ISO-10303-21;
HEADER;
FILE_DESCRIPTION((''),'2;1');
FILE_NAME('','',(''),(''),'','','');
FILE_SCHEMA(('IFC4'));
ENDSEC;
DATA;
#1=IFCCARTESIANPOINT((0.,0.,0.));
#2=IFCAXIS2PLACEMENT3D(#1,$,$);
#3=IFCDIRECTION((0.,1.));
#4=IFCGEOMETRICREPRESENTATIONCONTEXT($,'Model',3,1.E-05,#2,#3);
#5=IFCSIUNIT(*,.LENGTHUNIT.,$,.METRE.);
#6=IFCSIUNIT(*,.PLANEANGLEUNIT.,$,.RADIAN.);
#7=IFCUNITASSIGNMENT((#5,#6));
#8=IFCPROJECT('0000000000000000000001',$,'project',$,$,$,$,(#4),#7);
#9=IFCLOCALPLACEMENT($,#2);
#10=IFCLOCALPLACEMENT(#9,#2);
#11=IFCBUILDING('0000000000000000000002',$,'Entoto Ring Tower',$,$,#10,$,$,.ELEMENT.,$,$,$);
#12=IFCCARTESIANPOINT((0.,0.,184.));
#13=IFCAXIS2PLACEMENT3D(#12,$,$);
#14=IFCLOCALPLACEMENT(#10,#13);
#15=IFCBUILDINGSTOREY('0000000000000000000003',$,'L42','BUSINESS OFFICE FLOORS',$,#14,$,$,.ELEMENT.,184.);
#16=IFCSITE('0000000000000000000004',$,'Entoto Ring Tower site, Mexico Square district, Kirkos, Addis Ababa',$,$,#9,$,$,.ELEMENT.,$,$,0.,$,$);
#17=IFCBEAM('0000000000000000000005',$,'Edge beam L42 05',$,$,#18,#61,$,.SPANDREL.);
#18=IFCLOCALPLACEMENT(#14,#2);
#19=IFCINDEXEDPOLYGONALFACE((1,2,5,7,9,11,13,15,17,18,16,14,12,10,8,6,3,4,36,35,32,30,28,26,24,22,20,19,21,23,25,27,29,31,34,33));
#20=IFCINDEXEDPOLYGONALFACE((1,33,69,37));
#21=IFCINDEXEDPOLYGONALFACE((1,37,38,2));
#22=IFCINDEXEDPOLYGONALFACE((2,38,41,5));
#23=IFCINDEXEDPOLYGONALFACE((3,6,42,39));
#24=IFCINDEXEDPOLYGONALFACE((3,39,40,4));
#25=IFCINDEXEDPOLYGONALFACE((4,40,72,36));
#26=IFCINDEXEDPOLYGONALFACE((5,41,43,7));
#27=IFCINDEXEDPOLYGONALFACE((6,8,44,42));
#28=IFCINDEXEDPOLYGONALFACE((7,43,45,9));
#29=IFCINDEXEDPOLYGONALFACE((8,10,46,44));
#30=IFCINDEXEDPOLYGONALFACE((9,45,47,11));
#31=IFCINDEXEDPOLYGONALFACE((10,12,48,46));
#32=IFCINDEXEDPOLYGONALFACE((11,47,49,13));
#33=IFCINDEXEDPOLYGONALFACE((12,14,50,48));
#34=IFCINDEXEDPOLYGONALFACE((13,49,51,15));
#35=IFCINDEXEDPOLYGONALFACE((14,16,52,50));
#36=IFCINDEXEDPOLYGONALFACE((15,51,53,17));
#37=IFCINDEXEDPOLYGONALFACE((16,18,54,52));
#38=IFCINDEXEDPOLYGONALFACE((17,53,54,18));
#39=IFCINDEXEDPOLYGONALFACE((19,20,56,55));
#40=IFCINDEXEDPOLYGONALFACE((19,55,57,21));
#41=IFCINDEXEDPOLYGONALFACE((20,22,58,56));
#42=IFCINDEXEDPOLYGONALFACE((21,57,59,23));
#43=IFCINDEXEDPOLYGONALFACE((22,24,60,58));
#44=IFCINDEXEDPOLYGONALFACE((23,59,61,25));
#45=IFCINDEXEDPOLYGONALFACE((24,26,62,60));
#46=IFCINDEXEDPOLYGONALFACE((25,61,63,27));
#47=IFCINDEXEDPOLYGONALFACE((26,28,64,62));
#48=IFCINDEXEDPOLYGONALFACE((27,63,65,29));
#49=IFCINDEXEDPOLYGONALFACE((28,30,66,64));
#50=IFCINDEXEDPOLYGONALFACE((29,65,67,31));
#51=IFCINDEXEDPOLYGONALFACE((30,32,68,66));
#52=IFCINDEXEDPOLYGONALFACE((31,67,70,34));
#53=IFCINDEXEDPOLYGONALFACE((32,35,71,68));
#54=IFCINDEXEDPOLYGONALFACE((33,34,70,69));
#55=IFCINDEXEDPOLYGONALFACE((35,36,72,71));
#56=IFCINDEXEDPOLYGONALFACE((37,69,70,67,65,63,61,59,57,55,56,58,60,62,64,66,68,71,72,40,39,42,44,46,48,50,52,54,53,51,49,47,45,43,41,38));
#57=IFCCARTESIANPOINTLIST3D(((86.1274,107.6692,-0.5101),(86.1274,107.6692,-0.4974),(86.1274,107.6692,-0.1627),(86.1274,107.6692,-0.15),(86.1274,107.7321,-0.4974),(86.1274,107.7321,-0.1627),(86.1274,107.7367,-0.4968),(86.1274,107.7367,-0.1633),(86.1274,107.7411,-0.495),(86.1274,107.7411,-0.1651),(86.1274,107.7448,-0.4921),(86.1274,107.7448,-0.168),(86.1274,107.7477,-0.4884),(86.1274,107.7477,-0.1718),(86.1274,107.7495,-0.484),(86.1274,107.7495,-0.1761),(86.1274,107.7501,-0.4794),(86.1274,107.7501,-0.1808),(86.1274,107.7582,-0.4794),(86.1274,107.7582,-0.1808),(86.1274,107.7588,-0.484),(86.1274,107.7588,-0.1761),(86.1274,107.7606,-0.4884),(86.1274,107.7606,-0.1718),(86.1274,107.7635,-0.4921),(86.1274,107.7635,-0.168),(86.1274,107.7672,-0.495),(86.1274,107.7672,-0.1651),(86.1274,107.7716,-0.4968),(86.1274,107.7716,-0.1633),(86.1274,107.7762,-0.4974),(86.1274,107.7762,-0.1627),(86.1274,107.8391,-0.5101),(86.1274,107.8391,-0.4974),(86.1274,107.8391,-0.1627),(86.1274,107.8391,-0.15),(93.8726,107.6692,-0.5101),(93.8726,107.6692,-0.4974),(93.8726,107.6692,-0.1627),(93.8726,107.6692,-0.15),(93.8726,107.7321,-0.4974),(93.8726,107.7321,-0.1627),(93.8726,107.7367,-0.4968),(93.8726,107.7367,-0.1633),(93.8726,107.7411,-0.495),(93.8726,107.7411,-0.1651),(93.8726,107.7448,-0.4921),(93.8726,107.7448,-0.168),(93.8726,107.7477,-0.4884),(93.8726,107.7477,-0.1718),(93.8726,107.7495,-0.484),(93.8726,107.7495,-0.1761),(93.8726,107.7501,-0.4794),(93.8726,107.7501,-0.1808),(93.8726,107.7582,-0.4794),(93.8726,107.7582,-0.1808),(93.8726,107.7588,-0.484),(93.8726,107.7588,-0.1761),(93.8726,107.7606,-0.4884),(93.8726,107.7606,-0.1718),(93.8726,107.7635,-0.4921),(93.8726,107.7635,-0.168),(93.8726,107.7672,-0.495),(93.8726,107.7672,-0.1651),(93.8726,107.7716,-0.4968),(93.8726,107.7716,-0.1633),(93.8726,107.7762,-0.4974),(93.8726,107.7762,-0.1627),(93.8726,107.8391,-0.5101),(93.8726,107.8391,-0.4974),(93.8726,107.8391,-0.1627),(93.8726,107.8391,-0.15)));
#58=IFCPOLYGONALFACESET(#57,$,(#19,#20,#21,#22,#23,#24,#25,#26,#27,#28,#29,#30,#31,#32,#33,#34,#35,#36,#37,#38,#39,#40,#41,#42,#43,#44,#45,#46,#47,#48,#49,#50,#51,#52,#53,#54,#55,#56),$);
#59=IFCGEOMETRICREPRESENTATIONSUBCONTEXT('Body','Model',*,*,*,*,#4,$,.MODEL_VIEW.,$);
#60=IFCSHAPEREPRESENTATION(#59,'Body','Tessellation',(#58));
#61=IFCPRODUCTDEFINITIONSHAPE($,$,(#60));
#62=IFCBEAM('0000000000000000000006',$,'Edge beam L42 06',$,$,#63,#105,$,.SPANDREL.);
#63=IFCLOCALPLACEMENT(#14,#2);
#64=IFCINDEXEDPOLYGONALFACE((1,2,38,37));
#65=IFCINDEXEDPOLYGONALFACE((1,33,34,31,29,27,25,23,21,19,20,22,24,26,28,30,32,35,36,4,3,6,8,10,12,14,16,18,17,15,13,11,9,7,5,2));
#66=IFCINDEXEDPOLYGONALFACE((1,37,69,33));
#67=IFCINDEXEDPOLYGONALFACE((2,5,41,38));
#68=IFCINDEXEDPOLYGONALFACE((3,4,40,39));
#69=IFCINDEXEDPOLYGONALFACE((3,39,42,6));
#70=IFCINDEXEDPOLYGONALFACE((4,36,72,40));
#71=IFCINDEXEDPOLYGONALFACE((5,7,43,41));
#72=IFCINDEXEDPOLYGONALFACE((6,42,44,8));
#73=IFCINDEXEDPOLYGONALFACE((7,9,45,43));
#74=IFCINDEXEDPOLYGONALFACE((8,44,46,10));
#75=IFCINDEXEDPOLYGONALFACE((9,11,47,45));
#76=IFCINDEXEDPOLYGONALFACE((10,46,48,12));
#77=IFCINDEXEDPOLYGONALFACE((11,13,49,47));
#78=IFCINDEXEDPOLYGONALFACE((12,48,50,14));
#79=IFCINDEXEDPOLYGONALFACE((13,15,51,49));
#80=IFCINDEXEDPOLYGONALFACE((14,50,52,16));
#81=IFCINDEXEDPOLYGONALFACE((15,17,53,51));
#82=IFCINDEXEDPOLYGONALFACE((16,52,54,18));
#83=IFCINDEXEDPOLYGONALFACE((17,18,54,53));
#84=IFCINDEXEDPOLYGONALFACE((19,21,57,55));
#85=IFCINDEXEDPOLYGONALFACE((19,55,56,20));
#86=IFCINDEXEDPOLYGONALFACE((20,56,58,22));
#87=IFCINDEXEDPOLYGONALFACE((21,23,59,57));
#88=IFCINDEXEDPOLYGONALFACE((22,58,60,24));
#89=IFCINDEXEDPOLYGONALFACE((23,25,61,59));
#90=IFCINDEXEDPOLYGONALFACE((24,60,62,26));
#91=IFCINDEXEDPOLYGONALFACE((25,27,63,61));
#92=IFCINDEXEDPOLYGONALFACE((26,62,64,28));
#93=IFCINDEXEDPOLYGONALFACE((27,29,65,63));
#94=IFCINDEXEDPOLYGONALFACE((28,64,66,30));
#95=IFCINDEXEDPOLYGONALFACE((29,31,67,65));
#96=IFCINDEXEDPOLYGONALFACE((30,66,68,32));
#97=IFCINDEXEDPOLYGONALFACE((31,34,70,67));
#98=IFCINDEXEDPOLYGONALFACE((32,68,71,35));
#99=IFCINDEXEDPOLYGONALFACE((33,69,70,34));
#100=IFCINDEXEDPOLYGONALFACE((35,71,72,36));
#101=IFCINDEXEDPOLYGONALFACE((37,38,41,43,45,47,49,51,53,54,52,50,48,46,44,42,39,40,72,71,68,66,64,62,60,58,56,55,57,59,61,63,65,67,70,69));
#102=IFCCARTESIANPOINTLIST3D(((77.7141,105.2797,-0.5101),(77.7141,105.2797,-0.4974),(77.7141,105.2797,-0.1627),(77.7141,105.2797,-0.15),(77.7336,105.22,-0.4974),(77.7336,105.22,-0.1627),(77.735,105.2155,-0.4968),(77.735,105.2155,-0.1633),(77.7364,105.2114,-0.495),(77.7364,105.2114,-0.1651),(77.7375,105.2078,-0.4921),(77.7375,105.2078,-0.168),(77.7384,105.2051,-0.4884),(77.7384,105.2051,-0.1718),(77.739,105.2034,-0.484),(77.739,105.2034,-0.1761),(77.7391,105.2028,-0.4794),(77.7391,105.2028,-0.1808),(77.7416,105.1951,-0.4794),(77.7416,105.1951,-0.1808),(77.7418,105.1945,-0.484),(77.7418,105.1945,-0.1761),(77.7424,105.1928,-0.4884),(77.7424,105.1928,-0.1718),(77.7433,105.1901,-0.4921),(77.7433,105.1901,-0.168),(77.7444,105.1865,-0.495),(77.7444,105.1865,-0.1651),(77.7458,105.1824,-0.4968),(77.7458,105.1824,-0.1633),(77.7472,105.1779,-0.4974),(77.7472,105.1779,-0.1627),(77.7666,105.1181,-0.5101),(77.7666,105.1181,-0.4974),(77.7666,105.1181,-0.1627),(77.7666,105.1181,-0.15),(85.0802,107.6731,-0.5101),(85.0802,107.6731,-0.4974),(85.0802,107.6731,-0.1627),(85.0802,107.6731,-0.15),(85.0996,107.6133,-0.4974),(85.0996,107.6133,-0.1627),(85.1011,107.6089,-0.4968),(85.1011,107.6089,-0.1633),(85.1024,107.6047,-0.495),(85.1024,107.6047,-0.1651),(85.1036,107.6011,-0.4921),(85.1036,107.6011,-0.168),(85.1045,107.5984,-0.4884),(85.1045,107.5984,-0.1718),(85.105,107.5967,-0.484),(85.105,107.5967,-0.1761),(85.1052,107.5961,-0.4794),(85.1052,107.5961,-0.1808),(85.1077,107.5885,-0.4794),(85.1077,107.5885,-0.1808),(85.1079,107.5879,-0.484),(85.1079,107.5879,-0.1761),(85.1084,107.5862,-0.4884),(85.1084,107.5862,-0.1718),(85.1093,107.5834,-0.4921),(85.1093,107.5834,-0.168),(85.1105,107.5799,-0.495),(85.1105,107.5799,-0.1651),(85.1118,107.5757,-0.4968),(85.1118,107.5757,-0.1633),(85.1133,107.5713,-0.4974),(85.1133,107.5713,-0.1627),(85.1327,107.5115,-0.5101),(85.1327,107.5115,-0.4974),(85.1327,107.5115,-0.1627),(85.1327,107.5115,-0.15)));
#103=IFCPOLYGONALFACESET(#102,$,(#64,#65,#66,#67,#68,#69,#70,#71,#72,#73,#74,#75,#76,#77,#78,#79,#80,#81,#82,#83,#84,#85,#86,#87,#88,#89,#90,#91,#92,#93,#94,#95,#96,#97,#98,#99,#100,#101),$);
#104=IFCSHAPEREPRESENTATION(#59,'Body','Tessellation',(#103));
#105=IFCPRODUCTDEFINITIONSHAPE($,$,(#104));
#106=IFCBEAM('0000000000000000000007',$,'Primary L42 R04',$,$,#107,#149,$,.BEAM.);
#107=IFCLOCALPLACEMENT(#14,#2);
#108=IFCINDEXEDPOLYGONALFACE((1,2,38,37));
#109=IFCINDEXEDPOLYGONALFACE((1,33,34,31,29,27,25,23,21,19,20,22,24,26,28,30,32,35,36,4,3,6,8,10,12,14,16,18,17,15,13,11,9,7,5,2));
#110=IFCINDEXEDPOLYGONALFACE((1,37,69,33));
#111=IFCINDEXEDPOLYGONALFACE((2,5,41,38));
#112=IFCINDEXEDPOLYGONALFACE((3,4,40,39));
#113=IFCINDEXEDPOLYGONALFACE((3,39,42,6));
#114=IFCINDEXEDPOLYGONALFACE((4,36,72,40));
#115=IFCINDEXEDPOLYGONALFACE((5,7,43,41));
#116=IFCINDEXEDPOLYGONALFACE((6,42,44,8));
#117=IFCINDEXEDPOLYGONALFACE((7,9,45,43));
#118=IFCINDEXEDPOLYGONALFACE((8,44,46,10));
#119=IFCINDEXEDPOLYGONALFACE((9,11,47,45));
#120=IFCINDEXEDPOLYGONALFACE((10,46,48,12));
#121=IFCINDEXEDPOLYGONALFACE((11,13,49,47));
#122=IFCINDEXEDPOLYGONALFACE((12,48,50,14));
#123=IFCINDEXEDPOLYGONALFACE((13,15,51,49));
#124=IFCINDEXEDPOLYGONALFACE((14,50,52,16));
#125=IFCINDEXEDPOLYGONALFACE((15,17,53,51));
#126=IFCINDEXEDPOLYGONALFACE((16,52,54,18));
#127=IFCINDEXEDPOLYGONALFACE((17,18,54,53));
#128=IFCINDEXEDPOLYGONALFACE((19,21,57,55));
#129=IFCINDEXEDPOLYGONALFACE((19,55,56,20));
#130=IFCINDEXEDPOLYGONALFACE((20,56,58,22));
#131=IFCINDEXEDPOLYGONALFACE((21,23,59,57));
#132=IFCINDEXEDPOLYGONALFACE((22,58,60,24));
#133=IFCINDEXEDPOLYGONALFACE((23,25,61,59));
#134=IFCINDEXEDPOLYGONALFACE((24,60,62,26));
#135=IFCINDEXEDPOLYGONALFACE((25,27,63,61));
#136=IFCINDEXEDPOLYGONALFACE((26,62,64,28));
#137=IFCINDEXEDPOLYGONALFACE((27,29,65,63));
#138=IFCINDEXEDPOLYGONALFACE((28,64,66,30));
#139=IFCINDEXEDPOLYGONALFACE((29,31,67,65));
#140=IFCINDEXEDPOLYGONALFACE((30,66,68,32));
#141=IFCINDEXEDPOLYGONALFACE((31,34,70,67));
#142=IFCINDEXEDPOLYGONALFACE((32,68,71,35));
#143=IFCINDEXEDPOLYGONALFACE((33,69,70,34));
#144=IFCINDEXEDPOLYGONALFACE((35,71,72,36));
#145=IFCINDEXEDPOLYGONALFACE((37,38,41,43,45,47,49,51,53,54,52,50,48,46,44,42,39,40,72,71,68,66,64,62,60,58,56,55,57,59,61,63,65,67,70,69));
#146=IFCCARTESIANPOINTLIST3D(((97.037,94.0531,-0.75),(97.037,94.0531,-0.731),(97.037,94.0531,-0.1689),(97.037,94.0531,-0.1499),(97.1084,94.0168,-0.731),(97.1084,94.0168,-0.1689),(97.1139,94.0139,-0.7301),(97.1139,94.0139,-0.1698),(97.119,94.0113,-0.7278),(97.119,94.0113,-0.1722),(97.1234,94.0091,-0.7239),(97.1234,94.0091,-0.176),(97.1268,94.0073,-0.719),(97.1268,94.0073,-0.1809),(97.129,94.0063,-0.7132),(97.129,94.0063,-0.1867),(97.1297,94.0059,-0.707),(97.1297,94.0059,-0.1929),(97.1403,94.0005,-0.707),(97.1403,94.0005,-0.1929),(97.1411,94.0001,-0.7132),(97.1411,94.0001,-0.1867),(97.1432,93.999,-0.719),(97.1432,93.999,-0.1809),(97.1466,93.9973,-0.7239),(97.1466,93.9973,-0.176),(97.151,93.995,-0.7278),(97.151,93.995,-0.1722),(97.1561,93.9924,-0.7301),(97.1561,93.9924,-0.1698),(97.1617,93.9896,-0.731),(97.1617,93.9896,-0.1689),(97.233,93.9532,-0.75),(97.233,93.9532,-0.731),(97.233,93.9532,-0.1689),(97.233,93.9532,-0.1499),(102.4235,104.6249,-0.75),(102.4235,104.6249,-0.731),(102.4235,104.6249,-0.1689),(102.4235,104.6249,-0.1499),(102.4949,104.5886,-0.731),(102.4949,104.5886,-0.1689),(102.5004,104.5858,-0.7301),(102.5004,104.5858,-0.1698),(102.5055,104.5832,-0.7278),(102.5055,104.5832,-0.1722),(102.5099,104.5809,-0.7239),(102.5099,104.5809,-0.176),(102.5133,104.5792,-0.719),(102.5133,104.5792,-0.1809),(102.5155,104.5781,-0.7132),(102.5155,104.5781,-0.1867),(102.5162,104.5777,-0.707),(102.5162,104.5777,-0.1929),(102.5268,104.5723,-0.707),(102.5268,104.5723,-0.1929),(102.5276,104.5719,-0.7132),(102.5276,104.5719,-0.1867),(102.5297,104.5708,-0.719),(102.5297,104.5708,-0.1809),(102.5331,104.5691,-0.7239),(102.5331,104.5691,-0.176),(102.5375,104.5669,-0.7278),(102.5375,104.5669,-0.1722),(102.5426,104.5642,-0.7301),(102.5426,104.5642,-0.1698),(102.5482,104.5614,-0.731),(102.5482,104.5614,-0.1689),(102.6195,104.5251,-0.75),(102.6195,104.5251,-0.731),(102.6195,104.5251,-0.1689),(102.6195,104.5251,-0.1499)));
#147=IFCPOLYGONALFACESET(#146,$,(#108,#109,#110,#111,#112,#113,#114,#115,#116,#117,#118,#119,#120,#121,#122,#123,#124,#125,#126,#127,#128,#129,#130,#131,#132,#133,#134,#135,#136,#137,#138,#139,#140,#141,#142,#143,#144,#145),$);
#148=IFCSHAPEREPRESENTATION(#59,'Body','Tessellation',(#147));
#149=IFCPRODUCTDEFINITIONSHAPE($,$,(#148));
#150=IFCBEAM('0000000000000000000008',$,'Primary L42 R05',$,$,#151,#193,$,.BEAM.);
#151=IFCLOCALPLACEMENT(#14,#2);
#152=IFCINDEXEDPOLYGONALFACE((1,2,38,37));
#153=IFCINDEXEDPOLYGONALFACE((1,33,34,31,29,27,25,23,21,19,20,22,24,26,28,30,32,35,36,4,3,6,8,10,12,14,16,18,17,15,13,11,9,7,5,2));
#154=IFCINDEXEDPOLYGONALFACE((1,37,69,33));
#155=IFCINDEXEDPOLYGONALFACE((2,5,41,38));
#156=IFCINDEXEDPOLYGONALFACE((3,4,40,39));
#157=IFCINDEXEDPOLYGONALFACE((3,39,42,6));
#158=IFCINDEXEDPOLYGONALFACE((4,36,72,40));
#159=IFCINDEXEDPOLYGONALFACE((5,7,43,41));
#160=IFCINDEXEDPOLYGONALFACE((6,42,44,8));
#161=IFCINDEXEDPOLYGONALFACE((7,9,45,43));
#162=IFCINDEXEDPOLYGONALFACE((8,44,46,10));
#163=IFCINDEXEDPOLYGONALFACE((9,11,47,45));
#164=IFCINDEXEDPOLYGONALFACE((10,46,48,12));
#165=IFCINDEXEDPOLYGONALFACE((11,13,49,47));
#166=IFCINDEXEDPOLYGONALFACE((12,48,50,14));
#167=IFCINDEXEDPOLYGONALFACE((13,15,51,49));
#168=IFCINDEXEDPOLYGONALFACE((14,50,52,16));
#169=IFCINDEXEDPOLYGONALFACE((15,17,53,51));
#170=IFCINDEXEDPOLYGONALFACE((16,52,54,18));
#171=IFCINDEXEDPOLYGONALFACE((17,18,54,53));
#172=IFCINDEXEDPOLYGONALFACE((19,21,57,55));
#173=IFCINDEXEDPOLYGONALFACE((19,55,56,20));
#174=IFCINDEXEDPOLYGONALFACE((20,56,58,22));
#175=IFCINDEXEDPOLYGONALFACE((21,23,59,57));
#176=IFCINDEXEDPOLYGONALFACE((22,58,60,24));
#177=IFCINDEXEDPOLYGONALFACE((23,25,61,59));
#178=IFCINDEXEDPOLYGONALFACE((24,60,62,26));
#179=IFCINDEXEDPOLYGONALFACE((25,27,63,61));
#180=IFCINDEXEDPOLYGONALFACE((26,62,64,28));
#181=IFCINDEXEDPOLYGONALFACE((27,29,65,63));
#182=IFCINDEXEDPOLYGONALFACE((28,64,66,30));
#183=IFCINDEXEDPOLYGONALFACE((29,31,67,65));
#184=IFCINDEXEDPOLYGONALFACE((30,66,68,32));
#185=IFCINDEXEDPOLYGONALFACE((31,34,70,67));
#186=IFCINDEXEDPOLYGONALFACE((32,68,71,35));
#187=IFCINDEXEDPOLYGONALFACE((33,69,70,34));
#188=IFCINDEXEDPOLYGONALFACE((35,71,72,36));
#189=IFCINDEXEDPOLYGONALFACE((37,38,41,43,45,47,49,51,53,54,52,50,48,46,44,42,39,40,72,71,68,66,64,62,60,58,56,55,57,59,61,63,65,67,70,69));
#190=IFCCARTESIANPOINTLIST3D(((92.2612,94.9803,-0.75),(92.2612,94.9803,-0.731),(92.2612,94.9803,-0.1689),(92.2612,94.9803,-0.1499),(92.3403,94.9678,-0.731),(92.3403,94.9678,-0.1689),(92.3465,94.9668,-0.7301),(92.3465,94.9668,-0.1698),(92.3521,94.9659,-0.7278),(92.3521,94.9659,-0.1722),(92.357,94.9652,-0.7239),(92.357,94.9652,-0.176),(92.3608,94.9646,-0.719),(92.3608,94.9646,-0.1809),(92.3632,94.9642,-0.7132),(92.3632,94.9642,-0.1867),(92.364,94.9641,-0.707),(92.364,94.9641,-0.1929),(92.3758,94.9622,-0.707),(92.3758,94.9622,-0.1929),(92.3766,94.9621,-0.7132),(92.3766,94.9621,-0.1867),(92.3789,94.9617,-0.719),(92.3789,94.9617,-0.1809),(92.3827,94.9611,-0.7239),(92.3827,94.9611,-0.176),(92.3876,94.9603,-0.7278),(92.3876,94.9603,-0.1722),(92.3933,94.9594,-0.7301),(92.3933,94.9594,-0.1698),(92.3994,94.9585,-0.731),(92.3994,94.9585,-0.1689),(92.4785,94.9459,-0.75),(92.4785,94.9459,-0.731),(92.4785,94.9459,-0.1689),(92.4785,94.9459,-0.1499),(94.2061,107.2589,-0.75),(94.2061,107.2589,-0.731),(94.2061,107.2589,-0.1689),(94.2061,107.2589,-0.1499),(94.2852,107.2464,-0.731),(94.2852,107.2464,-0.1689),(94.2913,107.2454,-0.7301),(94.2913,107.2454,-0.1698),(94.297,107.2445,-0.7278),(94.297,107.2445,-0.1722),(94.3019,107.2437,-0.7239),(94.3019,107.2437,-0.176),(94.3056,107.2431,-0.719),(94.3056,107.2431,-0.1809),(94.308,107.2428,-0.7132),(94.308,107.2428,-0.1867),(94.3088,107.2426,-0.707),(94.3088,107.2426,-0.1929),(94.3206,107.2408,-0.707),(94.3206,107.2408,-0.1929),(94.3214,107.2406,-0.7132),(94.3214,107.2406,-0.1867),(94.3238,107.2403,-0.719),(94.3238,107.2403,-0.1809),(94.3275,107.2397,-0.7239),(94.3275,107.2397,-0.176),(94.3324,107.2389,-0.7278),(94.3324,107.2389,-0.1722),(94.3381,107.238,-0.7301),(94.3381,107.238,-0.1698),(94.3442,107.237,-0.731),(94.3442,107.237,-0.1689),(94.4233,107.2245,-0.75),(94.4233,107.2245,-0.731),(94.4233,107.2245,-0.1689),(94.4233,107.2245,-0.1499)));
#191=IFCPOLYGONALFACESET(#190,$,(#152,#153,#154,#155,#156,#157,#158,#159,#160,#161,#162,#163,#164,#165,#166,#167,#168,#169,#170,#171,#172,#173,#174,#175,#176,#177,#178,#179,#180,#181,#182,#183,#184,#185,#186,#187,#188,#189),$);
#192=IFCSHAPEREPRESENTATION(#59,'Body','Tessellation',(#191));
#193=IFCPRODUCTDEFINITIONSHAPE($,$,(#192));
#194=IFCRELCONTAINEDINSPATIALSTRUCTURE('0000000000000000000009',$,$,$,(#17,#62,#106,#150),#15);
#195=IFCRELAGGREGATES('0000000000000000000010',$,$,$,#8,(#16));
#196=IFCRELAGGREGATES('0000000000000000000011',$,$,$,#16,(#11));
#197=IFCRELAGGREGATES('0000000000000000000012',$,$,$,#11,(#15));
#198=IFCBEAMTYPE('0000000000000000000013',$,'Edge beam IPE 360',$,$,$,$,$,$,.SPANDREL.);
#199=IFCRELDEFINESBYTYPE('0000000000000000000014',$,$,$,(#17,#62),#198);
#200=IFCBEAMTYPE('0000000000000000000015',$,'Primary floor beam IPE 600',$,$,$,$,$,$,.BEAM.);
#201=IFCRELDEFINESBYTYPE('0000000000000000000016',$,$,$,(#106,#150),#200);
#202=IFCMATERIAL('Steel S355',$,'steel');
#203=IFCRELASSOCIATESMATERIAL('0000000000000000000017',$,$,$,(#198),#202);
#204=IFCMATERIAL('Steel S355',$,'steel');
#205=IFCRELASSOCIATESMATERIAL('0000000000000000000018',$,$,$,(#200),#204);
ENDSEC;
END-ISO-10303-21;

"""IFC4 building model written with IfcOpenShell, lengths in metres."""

from ifc_helpers import new_model, si_unit, direction, frame, origin, origin_2d, place, context, subcontext, project, spatial, i_section, extrude, material, material_profile, profile_set, type_object, element, save


model = new_model("IFC4")

# Units and contexts
model_context = context("Model", 3, precision=1e-05, world=origin(), true_north=direction((0.0, 1.0)))
body_context = subcontext(model_context, "Body", "Model", "MODEL_VIEW")
ifc_project = project(units=[si_unit("LENGTHUNIT", "METRE"), si_unit("PLANEANGLEUNIT", "RADIAN")], contexts=[model_context])

# Site, building, storey
site_placement = place(None, origin())
site = spatial("IfcSite", under=ifc_project, at=site_placement, Name="Entoto Ring Tower site, Mexico Square district, Kirkos, Addis Ababa", CompositionType="ELEMENT", RefElevation=0.0)
building_placement = place(site_placement, origin())
building = spatial("IfcBuilding", under=site, at=building_placement, Name="Entoto Ring Tower", CompositionType="ELEMENT")
storey_placement = place(building_placement, frame((0.0, 0.0, 184.0)))
storey = spatial("IfcBuildingStorey", under=building, at=storey_placement, Name="L42", Description="BUSINESS OFFICE FLOORS", CompositionType="ELEMENT", Elevation=184.0)

# Beams
ifc_material_1 = material(Name="Steel S355", Category="steel")
ifc_material_profile_1 = material_profile(ifc_material_1, i_section(OverallWidth=0.1699, OverallDepth=0.3601, WebThickness=0.0081, FlangeThickness=0.0127, FilletRadius=0.0181, at=origin_2d()), Name="IPE 360")
ifc_profile_set_1 = profile_set([ifc_material_profile_1], Name="Steel S355")
beam_type_1 = type_object("IfcBeamType", Name="Edge beam IPE 360", PredefinedType="SPANDREL", material=ifc_profile_set_1)
for number, where, z_axis, x_axis, name in (
    (1, (93.8726, 107.7542, -0.3301), (-1.0, 0.0, 0.0), (0.0, -1.0, 0.0), "Edge beam L42 05"),
    (2, (85.1064, 107.5923, -0.3301), (-0.951058, -0.309013, 0.0), (0.309013, -0.951058, 0.0), "Edge beam L42 06"),
):
    element("IfcBeam", number, at=place(storey_placement, frame(where, z_axis=z_axis, x_axis=x_axis)), inside=storey, type_object=beam_type_1, Name=name, PredefinedType="SPANDREL", context=body_context, shape_type="SweptSolid", body=[
        extrude(i_section(OverallWidth=0.1699, OverallDepth=0.3601, WebThickness=0.0081, FlangeThickness=0.0127, FilletRadius=0.0181, at=origin_2d()), origin(), (0.0, 0.0, 1.0), 7.7451),
    ])
ifc_material_2 = material(Name="Steel S355", Category="steel")
ifc_material_profile_2 = material_profile(ifc_material_2, i_section(OverallWidth=0.22, OverallDepth=0.6001, WebThickness=0.012, FlangeThickness=0.019, FilletRadius=0.0239, at=origin_2d()), Name="IPE 600")
ifc_profile_set_2 = profile_set([ifc_material_profile_2], Name="Steel S355")
beam_type_2 = type_object("IfcBeamType", Name="Primary floor beam IPE 600", PredefinedType="BEAM", material=ifc_profile_set_2)
beam_1_placement = place(storey_placement, frame((97.135, 94.0032, -0.45), z_axis=(0.453983, 0.89101, 0.0), x_axis=(-0.89101, 0.453983, 0.0)))
element("IfcBeam", 3, at=beam_1_placement, inside=storey, type_object=beam_type_2, Name="Primary L42 R04", PredefinedType="BEAM", context=body_context, shape_type="SweptSolid", body=[
    extrude(i_section(OverallWidth=0.22, OverallDepth=0.6001, WebThickness=0.012, FlangeThickness=0.019, FilletRadius=0.0239, at=origin_2d()), origin(), (0.0, 0.0, 1.0), 11.865),
])
for number, where, z_axis, x_axis, name in (
    (4, (92.3699, 94.9631, -0.45), (0.156442, 0.987687, 0.0), (-0.987687, 0.156442, 0.0), "Primary L42 R05"),
):
    element("IfcBeam", number, at=place(storey_placement, frame(where, z_axis=z_axis, x_axis=x_axis)), inside=storey, type_object=beam_type_2, Name=name, PredefinedType="BEAM", context=body_context, shape_type="SweptSolid", body=[
        extrude(i_section(OverallWidth=0.22, OverallDepth=0.6001, WebThickness=0.012, FlangeThickness=0.019, FilletRadius=0.0239, at=origin_2d()), origin(), (0.0, 0.0, 1.0), 12.4316),
    ])

save(model, "model.ifc")
